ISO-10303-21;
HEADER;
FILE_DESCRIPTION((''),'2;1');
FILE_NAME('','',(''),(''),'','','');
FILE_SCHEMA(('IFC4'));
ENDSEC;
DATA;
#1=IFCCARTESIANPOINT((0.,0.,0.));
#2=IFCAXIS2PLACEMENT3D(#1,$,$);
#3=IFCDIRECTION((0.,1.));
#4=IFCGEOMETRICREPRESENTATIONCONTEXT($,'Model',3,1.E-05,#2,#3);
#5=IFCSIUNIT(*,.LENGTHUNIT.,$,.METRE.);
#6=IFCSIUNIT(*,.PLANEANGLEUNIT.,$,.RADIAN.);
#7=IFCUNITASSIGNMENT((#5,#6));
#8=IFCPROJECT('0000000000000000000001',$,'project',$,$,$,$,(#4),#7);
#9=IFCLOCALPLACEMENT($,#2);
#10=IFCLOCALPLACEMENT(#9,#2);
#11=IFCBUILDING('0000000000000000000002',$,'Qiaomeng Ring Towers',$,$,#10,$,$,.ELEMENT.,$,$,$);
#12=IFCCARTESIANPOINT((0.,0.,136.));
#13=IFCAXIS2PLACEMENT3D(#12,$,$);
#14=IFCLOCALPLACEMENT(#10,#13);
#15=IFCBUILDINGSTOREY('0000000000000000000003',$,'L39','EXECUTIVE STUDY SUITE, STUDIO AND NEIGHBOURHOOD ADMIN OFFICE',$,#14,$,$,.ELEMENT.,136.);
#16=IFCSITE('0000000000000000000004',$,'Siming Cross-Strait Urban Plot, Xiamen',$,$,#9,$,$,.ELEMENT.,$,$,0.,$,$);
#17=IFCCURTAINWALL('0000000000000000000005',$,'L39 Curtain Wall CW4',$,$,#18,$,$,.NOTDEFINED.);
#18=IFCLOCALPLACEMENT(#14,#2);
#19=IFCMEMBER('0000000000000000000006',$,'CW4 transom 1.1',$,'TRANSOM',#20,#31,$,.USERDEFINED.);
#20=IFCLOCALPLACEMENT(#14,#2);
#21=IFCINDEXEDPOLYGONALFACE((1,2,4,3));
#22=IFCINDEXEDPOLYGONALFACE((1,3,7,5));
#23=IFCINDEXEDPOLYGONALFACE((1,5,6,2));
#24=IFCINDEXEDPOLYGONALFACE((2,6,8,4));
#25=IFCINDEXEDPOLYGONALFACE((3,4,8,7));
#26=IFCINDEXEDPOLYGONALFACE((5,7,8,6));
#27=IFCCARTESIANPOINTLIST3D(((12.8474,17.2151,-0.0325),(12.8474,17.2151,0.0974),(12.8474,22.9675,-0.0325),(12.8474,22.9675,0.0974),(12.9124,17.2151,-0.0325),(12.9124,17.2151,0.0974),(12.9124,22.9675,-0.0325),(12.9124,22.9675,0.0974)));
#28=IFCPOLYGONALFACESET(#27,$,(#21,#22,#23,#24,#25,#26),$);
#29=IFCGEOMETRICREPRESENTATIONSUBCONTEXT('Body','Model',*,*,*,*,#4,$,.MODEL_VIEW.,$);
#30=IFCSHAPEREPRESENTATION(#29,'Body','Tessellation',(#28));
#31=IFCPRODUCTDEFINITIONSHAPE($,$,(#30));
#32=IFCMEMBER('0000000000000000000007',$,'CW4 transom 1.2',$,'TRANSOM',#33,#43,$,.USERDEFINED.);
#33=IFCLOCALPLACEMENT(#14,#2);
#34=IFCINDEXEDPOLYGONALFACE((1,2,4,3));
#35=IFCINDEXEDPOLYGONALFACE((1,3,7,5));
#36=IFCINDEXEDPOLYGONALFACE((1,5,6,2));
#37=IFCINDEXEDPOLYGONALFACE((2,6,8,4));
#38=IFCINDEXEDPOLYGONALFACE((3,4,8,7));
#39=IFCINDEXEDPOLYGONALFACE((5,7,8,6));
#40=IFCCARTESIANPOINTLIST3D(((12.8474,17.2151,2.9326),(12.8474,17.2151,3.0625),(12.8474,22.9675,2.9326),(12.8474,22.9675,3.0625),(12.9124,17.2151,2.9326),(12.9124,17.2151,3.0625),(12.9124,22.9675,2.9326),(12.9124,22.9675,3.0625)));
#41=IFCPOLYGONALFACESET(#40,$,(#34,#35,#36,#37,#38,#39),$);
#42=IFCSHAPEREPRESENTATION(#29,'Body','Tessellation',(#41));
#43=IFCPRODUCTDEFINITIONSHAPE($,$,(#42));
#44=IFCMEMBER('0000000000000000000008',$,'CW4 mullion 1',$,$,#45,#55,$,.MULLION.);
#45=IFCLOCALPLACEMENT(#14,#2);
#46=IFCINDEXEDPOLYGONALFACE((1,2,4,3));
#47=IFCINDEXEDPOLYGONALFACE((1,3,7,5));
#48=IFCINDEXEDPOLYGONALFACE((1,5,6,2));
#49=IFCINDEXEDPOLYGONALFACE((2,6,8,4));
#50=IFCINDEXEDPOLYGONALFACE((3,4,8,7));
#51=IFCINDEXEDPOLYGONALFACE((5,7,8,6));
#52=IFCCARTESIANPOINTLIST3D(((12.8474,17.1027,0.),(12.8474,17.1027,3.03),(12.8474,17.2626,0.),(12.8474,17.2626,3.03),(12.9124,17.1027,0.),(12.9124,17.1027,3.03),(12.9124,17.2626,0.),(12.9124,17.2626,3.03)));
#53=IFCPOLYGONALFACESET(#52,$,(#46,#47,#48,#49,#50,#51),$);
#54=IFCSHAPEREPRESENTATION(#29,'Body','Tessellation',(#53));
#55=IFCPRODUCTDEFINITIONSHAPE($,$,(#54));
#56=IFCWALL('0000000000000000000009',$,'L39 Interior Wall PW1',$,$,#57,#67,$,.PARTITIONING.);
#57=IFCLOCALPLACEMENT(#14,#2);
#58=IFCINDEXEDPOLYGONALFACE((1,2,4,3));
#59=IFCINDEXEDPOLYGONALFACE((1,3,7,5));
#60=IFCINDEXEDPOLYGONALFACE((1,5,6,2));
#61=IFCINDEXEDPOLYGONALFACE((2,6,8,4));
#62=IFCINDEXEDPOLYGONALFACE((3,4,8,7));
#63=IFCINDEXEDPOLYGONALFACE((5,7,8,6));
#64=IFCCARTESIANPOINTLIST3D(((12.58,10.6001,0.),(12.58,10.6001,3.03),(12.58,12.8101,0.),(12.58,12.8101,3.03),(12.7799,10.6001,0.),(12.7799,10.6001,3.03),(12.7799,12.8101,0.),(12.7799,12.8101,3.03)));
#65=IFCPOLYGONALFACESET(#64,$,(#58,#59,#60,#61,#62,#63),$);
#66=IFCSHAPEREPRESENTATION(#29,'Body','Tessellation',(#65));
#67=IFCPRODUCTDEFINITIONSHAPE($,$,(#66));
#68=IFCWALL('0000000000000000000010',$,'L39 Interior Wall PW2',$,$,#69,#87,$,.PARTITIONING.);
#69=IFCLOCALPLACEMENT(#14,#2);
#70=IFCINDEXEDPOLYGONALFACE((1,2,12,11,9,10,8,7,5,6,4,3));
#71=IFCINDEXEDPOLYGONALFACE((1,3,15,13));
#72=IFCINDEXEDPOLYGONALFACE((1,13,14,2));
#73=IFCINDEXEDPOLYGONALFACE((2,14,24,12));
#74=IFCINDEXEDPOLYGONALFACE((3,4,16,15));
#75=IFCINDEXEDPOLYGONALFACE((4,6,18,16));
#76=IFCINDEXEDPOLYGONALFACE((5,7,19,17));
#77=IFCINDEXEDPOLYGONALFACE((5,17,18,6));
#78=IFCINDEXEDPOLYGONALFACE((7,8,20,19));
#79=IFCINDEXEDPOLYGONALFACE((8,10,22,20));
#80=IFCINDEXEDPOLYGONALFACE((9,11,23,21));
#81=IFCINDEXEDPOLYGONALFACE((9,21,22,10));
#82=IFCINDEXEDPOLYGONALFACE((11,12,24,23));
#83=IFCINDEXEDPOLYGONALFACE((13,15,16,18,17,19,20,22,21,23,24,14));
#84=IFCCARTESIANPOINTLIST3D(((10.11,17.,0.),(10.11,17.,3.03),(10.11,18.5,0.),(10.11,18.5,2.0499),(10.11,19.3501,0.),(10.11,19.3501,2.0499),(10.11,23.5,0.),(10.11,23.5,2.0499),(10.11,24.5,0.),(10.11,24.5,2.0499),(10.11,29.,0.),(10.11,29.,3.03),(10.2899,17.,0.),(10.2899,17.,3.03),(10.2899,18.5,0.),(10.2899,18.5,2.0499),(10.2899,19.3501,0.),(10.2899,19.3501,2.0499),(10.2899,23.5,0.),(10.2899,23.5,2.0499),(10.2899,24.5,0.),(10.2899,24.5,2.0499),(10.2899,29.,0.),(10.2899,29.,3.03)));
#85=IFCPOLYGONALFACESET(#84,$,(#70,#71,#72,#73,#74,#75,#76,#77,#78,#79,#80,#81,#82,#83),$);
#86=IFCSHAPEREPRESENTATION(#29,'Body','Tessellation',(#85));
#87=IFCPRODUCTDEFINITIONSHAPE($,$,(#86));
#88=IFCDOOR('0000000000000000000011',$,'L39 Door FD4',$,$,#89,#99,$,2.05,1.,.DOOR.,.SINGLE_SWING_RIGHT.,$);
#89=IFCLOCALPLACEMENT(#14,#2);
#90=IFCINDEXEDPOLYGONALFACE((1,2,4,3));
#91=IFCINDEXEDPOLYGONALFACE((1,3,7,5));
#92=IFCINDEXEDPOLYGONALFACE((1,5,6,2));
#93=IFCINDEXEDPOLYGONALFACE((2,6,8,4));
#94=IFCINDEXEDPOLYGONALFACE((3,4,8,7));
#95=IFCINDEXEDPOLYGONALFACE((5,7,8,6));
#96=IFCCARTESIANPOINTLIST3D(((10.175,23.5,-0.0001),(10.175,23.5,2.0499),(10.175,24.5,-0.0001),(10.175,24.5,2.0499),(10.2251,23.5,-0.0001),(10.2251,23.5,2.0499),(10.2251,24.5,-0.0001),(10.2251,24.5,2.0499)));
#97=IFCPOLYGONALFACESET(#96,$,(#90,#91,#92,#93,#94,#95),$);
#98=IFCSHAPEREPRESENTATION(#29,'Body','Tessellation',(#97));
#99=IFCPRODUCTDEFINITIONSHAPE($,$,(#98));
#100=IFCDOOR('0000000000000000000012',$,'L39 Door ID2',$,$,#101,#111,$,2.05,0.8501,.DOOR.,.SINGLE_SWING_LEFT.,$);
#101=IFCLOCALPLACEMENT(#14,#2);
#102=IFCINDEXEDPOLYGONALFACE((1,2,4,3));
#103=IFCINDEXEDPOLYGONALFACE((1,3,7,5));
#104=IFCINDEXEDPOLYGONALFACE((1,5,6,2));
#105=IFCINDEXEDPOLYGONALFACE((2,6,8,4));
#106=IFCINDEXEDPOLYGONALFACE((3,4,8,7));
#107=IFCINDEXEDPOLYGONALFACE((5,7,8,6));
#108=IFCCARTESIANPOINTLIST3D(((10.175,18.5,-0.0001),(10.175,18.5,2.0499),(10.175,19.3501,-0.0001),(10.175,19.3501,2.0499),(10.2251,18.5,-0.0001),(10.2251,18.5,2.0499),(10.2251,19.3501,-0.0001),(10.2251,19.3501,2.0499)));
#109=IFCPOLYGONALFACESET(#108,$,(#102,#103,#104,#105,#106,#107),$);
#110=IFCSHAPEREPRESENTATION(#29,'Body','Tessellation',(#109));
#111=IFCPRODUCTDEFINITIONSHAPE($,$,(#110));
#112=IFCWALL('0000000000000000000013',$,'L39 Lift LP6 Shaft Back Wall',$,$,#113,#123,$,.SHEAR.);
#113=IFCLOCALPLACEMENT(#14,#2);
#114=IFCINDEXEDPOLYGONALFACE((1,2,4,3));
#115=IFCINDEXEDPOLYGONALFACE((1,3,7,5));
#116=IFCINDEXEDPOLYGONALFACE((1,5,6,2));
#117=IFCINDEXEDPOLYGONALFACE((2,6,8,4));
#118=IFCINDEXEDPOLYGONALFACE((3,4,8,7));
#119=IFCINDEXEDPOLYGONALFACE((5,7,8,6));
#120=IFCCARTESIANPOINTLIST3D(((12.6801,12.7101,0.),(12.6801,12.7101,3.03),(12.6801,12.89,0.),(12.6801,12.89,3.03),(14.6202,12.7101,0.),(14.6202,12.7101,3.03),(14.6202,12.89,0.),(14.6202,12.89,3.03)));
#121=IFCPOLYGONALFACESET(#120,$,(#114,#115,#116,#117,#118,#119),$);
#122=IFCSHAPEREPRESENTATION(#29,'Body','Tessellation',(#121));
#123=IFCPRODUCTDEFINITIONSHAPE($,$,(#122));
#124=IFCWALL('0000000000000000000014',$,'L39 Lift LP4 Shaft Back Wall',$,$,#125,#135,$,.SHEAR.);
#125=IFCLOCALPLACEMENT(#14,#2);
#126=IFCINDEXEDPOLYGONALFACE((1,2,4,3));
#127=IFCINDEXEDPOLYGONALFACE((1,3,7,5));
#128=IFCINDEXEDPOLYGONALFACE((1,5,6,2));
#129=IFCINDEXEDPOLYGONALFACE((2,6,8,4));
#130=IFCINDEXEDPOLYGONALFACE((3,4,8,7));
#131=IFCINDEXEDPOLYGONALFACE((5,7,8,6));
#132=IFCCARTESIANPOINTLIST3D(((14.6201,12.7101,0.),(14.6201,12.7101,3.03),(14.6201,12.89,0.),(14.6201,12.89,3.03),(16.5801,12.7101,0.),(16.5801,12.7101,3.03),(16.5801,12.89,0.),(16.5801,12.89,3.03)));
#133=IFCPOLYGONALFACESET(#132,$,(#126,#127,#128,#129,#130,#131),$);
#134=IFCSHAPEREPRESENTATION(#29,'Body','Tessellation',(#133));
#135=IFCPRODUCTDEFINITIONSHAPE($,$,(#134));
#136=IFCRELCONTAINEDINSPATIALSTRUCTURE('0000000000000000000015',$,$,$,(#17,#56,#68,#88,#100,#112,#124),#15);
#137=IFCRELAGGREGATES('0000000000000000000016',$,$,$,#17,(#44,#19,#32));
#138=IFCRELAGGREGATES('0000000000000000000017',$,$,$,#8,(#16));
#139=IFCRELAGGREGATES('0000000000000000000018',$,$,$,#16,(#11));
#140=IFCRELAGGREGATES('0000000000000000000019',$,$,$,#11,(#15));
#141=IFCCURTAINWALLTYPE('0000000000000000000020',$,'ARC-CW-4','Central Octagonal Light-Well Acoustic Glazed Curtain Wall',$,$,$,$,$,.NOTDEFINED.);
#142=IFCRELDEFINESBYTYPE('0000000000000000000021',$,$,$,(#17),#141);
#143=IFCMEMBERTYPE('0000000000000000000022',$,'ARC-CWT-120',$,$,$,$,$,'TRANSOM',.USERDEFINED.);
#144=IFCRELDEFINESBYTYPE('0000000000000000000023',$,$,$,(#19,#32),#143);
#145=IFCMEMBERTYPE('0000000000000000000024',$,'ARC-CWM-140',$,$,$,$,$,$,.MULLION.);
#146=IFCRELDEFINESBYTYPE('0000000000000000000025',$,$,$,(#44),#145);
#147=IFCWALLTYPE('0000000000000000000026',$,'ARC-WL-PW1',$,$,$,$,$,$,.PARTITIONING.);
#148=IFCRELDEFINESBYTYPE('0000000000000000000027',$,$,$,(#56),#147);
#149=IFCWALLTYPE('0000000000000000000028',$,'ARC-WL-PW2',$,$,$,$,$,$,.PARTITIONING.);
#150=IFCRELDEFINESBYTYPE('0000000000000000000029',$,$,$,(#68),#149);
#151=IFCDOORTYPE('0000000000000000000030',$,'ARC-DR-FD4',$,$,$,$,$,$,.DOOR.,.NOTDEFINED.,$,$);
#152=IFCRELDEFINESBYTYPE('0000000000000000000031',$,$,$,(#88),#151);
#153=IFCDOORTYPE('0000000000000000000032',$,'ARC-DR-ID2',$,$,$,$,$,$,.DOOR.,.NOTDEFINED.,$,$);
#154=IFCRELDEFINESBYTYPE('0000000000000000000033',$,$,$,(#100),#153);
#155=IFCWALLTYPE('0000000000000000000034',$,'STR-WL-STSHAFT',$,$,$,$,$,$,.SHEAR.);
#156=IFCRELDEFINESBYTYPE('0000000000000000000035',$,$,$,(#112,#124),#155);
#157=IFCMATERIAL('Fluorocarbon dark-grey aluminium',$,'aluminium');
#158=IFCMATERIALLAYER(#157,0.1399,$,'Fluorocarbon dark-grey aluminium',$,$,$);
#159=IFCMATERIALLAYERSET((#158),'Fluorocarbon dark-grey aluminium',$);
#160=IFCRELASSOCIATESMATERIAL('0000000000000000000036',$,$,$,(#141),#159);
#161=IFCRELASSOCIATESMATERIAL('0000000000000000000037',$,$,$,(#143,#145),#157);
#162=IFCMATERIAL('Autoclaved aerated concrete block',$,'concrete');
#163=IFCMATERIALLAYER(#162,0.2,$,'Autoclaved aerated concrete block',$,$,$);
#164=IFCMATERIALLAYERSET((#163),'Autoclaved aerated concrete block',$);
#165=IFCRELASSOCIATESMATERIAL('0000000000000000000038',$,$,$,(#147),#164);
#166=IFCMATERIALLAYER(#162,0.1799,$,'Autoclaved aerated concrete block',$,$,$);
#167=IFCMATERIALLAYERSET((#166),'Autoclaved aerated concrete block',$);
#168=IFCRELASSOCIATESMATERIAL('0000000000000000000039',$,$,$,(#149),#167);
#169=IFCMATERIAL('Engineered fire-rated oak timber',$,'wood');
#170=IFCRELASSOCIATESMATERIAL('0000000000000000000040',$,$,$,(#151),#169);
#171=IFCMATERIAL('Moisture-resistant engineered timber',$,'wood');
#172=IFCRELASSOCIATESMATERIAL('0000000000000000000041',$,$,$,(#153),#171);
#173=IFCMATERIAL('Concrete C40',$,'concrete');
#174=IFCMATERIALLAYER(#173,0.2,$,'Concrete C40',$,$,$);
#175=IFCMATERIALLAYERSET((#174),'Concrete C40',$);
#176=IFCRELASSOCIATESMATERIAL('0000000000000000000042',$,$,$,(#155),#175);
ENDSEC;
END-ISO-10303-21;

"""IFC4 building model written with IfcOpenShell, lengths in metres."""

from ifc_helpers import new_model, si_unit, direction, frame, frame_2d, origin, origin_2d, place, context, subcontext, project, spatial, rectangle, extrude, source, transform, mapped, material, layer, layer_set, material_profile, profile_set, type_object, element, fill, aggregate, save


model = new_model("IFC4")

# Units and contexts
model_context = context("Model", 3, precision=1e-05, world=origin(), true_north=direction((0.0, 1.0)))
body_context = subcontext(model_context, "Body", "Model", "MODEL_VIEW")
ifc_project = project(units=[si_unit("LENGTHUNIT", "METRE"), si_unit("PLANEANGLEUNIT", "RADIAN")], contexts=[model_context])

# Site, building, storey
site_placement = place(None, origin())
site = spatial("IfcSite", under=ifc_project, at=site_placement, Name="Siming Cross-Strait Urban Plot, Xiamen", CompositionType="ELEMENT", RefElevation=0.0)
building_placement = place(site_placement, origin())
building = spatial("IfcBuilding", under=site, at=building_placement, Name="Qiaomeng Ring Towers", CompositionType="ELEMENT")
storey_placement = place(building_placement, frame((0.0, 0.0, 136.0)))
storey = spatial("IfcBuildingStorey", under=building, at=storey_placement, Name="L39", Description="EXECUTIVE STUDY SUITE, STUDIO AND NEIGHBOURHOOD ADMIN OFFICE", CompositionType="ELEMENT", Elevation=136.0)

# Curtain wall, members
ifc_material_1 = material(Name="Fluorocarbon dark-grey aluminium", Category="aluminium")
ifc_layer_1 = layer(ifc_material_1, 0.1399, Name="Fluorocarbon dark-grey aluminium")
ifc_layer_set_1 = layer_set([ifc_layer_1], Name="Fluorocarbon dark-grey aluminium")
curtain_wall_type = type_object("IfcCurtainWallType", Name="ARC-CW-4", Description="Central Octagonal Light-Well Acoustic Glazed Curtain Wall", PredefinedType="NOTDEFINED", material=ifc_layer_set_1)
curtain_wall_placement = place(storey_placement, origin())
curtain_wall = element("IfcCurtainWall", 1, at=curtain_wall_placement, inside=storey, type_object=curtain_wall_type, Name="L39 Curtain Wall CW4", PredefinedType="NOTDEFINED")
ifc_material_profile_1 = material_profile(ifc_material_1, rectangle(XDim=0.0649, YDim=0.1299, at=origin_2d()), Name="ALU TRAN 65x130")
ifc_profile_set_1 = profile_set([ifc_material_profile_1], Name="Fluorocarbon dark-grey aluminium")
member_type_1 = type_object("IfcMemberType", Name="ARC-CWT-120", ElementType="TRANSOM", PredefinedType="USERDEFINED", material=ifc_profile_set_1)
shared_shape_1 = source(origin(), body_context, "Body", "SweptSolid", [
    extrude(rectangle(XDim=0.0649, YDim=0.1299, at=origin_2d()), origin(), (0.0, 0.0, 1.0), 5.7524),
])
member_1_placement = place(storey_placement, frame((12.8799, 17.2151, 0.0325), z_axis=(0.0, 1.0, 0.0), x_axis=(-1.0, 0.0, 0.0)))
member_1 = element("IfcMember", 2, at=member_1_placement, type_object=member_type_1, Name="CW4 transom 1.1", ObjectType="TRANSOM", PredefinedType="USERDEFINED", context=body_context, shape_type="MappedRepresentation", body=[
    mapped(shared_shape_1, transform((0.0, 0.0, 0.0), x_axis=(1.0, 0.0, 0.0), y_axis=(0.0, 1.0, 0.0), z_axis=(0.0, 0.0, 1.0), scale=1.0)),
])
member_2_placement = place(storey_placement, frame((12.8799, 17.2151, 2.9976), z_axis=(0.0, 1.0, 0.0), x_axis=(-1.0, 0.0, 0.0)))
member_2 = element("IfcMember", 3, at=member_2_placement, type_object=member_type_1, Name="CW4 transom 1.2", ObjectType="TRANSOM", PredefinedType="USERDEFINED", context=body_context, shape_type="MappedRepresentation", body=[
    mapped(shared_shape_1, transform((0.0, 0.0, 0.0), x_axis=(1.0, 0.0, 0.0), y_axis=(0.0, 1.0, 0.0), z_axis=(0.0, 0.0, 1.0), scale=1.0)),
])
ifc_material_profile_2 = material_profile(ifc_material_1, rectangle(XDim=0.0649, YDim=0.1599, at=origin_2d()), Name="ALU MULL 65x160")
ifc_profile_set_2 = profile_set([ifc_material_profile_2], Name="Fluorocarbon dark-grey aluminium")
member_type_2 = type_object("IfcMemberType", Name="ARC-CWM-140", PredefinedType="MULLION", material=ifc_profile_set_2)
shared_shape_2 = source(origin(), body_context, "Body", "SweptSolid", [
    extrude(rectangle(XDim=0.0649, YDim=0.1599, at=origin_2d()), origin(), (0.0, 0.0, 1.0), 3.03),
])
member_3_placement = place(storey_placement, frame((12.8799, 17.1826, 0.0), z_axis=(0.0, 0.0, 1.0), x_axis=(-1.0, 0.0, 0.0)))
member_3 = element("IfcMember", 4, at=member_3_placement, type_object=member_type_2, Name="CW4 mullion 1", PredefinedType="MULLION", context=body_context, shape_type="MappedRepresentation", body=[
    mapped(shared_shape_2, transform((0.0, 0.0, 0.0), x_axis=(1.0, 0.0, 0.0), y_axis=(0.0, 1.0, 0.0), z_axis=(0.0, 0.0, 1.0), scale=1.0)),
])
aggregate(curtain_wall, [member_3, member_1, member_2])

# Wall
ifc_material_2 = material(Name="Autoclaved aerated concrete block", Category="concrete")
ifc_layer_2 = layer(ifc_material_2, 0.2, Name="Autoclaved aerated concrete block")
ifc_layer_set_2 = layer_set([ifc_layer_2], Name="Autoclaved aerated concrete block")
wall_type_1 = type_object("IfcWallType", Name="ARC-WL-PW1", PredefinedType="PARTITIONING", material=ifc_layer_set_2)
wall_1_placement = place(storey_placement, frame((12.6799, 10.6001, 0.0), z_axis=(0.0, 0.0, 1.0), x_axis=(0.0, 1.0, 0.0)))
element("IfcWall", 5, at=wall_1_placement, inside=storey, type_object=wall_type_1, Name="L39 Interior Wall PW1", PredefinedType="PARTITIONING", context=body_context, shape_type="SweptSolid", body=[
    extrude(rectangle(XDim=2.21, YDim=0.2, at=frame_2d((1.105, 0.0))), origin(), (0.0, 0.0, 1.0), 3.03),
])

# Wall, openings, doors
ifc_layer_3 = layer(ifc_material_2, 0.1799, Name="Autoclaved aerated concrete block")
ifc_layer_set_3 = layer_set([ifc_layer_3], Name="Autoclaved aerated concrete block")
wall_type_2 = type_object("IfcWallType", Name="ARC-WL-PW2", PredefinedType="PARTITIONING", material=ifc_layer_set_3)
wall_2_placement = place(storey_placement, frame((10.2, 17.0, 0.0), z_axis=(0.0, 0.0, 1.0), x_axis=(0.0, 1.0, 0.0)))
wall_2 = element("IfcWall", 6, at=wall_2_placement, inside=storey, type_object=wall_type_2, Name="L39 Interior Wall PW2", PredefinedType="PARTITIONING", context=body_context, shape_type="SweptSolid", body=[
    extrude(rectangle(XDim=12.0, YDim=0.1799, at=frame_2d((6.0, 0.0))), origin(), (0.0, 0.0, 1.0), 3.03),
])
opening_1_placement = place(wall_2_placement, frame((1.5, 0.0, 0.0)))
opening_1 = element("IfcOpeningElement", 7, at=opening_1_placement, cuts=wall_2, PredefinedType="OPENING", context=body_context, shape_type="SweptSolid", body=[
    extrude(rectangle(XDim=0.8501, YDim=2.05, at=frame_2d((0.425, 1.0249))), frame((0.0, 0.0999, 0.0), z_axis=(0.0, -1.0, 0.0), x_axis=(1.0, 0.0, 0.0)), (0.0, 0.0, 1.0), 0.2),
])
opening_2_placement = place(wall_2_placement, frame((6.5, 0.0, 0.0)))
opening_2 = element("IfcOpeningElement", 8, at=opening_2_placement, cuts=wall_2, PredefinedType="OPENING", context=body_context, shape_type="SweptSolid", body=[
    extrude(rectangle(XDim=1.0, YDim=2.05, at=frame_2d((0.5, 1.0249))), frame((0.0, 0.0999, 0.0), z_axis=(0.0, -1.0, 0.0), x_axis=(1.0, 0.0, 0.0)), (0.0, 0.0, 1.0), 0.2),
])
ifc_material_3 = material(Name="Engineered fire-rated oak timber", Category="wood")
door_type_1 = type_object("IfcDoorType", Name="ARC-DR-FD4", OperationType="NOTDEFINED", PredefinedType="DOOR", material=ifc_material_3)
shared_shape_3 = source(origin(), body_context, "Body", "SweptSolid", [
    extrude(rectangle(XDim=1.0, YDim=2.05, at=frame_2d((0.5, 1.0249))), frame((0.0, 0.0249, 0.0), z_axis=(0.0, -1.0, 0.0), x_axis=(1.0, 0.0, 0.0)), (0.0, 0.0, 1.0), 0.05),
])
door_1_placement = place(opening_2_placement, origin())
door_1 = element("IfcDoor", 9, at=door_1_placement, inside=storey, type_object=door_type_1, Name="L39 Door FD4", OperationType="SINGLE_SWING_RIGHT", OverallHeight=2.05, OverallWidth=1.0, PredefinedType="DOOR", context=body_context, shape_type="MappedRepresentation", body=[
    mapped(shared_shape_3, transform((0.0, 0.0, 0.0), x_axis=(1.0, 0.0, 0.0), y_axis=(0.0, 1.0, 0.0), z_axis=(0.0, 0.0, 1.0), scale=1.0)),
])
fill(opening_2, door_1)
ifc_material_4 = material(Name="Moisture-resistant engineered timber", Category="wood")
door_type_2 = type_object("IfcDoorType", Name="ARC-DR-ID2", OperationType="NOTDEFINED", PredefinedType="DOOR", material=ifc_material_4)
shared_shape_4 = source(origin(), body_context, "Body", "SweptSolid", [
    extrude(rectangle(XDim=0.8501, YDim=2.05, at=frame_2d((0.425, 1.0249))), frame((0.0, 0.0249, 0.0), z_axis=(0.0, -1.0, 0.0), x_axis=(1.0, 0.0, 0.0)), (0.0, 0.0, 1.0), 0.05),
])
door_2_placement = place(opening_1_placement, origin())
door_2 = element("IfcDoor", 10, at=door_2_placement, inside=storey, type_object=door_type_2, Name="L39 Door ID2", OperationType="SINGLE_SWING_LEFT", OverallHeight=2.05, OverallWidth=0.8501, PredefinedType="DOOR", context=body_context, shape_type="MappedRepresentation", body=[
    mapped(shared_shape_4, transform((0.0, 0.0, 0.0), x_axis=(1.0, 0.0, 0.0), y_axis=(0.0, 1.0, 0.0), z_axis=(0.0, 0.0, 1.0), scale=1.0)),
])
fill(opening_1, door_2)

# Walls
ifc_material_5 = material(Name="Concrete C40", Category="concrete")
ifc_layer_4 = layer(ifc_material_5, 0.2, Name="Concrete C40")
ifc_layer_set_4 = layer_set([ifc_layer_4], Name="Concrete C40")
wall_type_3 = type_object("IfcWallType", Name="STR-WL-STSHAFT", PredefinedType="SHEAR", material=ifc_layer_set_4)
wall_3_placement = place(storey_placement, frame((12.6799, 12.8, 0.0), z_axis=(0.0, 0.0, 1.0), x_axis=(1.0, 0.0, 0.0)))
element("IfcWall", 11, at=wall_3_placement, inside=storey, type_object=wall_type_3, Name="L39 Lift LP6 Shaft Back Wall", PredefinedType="SHEAR", context=body_context, shape_type="SweptSolid", body=[
    extrude(rectangle(XDim=1.9402, YDim=0.1799, at=frame_2d((0.9702, 0.0))), origin(), (0.0, 0.0, 1.0), 3.03),
])
wall_4_placement = place(storey_placement, frame((14.6201, 12.8, 0.0), z_axis=(0.0, 0.0, 1.0), x_axis=(1.0, 0.0, 0.0)))
element("IfcWall", 12, at=wall_4_placement, inside=storey, type_object=wall_type_3, Name="L39 Lift LP4 Shaft Back Wall", PredefinedType="SHEAR", context=body_context, shape_type="SweptSolid", body=[
    extrude(rectangle(XDim=1.96, YDim=0.1799, at=frame_2d((0.98, 0.0))), origin(), (0.0, 0.0, 1.0), 3.03),
])

save(model, "model.ifc")
